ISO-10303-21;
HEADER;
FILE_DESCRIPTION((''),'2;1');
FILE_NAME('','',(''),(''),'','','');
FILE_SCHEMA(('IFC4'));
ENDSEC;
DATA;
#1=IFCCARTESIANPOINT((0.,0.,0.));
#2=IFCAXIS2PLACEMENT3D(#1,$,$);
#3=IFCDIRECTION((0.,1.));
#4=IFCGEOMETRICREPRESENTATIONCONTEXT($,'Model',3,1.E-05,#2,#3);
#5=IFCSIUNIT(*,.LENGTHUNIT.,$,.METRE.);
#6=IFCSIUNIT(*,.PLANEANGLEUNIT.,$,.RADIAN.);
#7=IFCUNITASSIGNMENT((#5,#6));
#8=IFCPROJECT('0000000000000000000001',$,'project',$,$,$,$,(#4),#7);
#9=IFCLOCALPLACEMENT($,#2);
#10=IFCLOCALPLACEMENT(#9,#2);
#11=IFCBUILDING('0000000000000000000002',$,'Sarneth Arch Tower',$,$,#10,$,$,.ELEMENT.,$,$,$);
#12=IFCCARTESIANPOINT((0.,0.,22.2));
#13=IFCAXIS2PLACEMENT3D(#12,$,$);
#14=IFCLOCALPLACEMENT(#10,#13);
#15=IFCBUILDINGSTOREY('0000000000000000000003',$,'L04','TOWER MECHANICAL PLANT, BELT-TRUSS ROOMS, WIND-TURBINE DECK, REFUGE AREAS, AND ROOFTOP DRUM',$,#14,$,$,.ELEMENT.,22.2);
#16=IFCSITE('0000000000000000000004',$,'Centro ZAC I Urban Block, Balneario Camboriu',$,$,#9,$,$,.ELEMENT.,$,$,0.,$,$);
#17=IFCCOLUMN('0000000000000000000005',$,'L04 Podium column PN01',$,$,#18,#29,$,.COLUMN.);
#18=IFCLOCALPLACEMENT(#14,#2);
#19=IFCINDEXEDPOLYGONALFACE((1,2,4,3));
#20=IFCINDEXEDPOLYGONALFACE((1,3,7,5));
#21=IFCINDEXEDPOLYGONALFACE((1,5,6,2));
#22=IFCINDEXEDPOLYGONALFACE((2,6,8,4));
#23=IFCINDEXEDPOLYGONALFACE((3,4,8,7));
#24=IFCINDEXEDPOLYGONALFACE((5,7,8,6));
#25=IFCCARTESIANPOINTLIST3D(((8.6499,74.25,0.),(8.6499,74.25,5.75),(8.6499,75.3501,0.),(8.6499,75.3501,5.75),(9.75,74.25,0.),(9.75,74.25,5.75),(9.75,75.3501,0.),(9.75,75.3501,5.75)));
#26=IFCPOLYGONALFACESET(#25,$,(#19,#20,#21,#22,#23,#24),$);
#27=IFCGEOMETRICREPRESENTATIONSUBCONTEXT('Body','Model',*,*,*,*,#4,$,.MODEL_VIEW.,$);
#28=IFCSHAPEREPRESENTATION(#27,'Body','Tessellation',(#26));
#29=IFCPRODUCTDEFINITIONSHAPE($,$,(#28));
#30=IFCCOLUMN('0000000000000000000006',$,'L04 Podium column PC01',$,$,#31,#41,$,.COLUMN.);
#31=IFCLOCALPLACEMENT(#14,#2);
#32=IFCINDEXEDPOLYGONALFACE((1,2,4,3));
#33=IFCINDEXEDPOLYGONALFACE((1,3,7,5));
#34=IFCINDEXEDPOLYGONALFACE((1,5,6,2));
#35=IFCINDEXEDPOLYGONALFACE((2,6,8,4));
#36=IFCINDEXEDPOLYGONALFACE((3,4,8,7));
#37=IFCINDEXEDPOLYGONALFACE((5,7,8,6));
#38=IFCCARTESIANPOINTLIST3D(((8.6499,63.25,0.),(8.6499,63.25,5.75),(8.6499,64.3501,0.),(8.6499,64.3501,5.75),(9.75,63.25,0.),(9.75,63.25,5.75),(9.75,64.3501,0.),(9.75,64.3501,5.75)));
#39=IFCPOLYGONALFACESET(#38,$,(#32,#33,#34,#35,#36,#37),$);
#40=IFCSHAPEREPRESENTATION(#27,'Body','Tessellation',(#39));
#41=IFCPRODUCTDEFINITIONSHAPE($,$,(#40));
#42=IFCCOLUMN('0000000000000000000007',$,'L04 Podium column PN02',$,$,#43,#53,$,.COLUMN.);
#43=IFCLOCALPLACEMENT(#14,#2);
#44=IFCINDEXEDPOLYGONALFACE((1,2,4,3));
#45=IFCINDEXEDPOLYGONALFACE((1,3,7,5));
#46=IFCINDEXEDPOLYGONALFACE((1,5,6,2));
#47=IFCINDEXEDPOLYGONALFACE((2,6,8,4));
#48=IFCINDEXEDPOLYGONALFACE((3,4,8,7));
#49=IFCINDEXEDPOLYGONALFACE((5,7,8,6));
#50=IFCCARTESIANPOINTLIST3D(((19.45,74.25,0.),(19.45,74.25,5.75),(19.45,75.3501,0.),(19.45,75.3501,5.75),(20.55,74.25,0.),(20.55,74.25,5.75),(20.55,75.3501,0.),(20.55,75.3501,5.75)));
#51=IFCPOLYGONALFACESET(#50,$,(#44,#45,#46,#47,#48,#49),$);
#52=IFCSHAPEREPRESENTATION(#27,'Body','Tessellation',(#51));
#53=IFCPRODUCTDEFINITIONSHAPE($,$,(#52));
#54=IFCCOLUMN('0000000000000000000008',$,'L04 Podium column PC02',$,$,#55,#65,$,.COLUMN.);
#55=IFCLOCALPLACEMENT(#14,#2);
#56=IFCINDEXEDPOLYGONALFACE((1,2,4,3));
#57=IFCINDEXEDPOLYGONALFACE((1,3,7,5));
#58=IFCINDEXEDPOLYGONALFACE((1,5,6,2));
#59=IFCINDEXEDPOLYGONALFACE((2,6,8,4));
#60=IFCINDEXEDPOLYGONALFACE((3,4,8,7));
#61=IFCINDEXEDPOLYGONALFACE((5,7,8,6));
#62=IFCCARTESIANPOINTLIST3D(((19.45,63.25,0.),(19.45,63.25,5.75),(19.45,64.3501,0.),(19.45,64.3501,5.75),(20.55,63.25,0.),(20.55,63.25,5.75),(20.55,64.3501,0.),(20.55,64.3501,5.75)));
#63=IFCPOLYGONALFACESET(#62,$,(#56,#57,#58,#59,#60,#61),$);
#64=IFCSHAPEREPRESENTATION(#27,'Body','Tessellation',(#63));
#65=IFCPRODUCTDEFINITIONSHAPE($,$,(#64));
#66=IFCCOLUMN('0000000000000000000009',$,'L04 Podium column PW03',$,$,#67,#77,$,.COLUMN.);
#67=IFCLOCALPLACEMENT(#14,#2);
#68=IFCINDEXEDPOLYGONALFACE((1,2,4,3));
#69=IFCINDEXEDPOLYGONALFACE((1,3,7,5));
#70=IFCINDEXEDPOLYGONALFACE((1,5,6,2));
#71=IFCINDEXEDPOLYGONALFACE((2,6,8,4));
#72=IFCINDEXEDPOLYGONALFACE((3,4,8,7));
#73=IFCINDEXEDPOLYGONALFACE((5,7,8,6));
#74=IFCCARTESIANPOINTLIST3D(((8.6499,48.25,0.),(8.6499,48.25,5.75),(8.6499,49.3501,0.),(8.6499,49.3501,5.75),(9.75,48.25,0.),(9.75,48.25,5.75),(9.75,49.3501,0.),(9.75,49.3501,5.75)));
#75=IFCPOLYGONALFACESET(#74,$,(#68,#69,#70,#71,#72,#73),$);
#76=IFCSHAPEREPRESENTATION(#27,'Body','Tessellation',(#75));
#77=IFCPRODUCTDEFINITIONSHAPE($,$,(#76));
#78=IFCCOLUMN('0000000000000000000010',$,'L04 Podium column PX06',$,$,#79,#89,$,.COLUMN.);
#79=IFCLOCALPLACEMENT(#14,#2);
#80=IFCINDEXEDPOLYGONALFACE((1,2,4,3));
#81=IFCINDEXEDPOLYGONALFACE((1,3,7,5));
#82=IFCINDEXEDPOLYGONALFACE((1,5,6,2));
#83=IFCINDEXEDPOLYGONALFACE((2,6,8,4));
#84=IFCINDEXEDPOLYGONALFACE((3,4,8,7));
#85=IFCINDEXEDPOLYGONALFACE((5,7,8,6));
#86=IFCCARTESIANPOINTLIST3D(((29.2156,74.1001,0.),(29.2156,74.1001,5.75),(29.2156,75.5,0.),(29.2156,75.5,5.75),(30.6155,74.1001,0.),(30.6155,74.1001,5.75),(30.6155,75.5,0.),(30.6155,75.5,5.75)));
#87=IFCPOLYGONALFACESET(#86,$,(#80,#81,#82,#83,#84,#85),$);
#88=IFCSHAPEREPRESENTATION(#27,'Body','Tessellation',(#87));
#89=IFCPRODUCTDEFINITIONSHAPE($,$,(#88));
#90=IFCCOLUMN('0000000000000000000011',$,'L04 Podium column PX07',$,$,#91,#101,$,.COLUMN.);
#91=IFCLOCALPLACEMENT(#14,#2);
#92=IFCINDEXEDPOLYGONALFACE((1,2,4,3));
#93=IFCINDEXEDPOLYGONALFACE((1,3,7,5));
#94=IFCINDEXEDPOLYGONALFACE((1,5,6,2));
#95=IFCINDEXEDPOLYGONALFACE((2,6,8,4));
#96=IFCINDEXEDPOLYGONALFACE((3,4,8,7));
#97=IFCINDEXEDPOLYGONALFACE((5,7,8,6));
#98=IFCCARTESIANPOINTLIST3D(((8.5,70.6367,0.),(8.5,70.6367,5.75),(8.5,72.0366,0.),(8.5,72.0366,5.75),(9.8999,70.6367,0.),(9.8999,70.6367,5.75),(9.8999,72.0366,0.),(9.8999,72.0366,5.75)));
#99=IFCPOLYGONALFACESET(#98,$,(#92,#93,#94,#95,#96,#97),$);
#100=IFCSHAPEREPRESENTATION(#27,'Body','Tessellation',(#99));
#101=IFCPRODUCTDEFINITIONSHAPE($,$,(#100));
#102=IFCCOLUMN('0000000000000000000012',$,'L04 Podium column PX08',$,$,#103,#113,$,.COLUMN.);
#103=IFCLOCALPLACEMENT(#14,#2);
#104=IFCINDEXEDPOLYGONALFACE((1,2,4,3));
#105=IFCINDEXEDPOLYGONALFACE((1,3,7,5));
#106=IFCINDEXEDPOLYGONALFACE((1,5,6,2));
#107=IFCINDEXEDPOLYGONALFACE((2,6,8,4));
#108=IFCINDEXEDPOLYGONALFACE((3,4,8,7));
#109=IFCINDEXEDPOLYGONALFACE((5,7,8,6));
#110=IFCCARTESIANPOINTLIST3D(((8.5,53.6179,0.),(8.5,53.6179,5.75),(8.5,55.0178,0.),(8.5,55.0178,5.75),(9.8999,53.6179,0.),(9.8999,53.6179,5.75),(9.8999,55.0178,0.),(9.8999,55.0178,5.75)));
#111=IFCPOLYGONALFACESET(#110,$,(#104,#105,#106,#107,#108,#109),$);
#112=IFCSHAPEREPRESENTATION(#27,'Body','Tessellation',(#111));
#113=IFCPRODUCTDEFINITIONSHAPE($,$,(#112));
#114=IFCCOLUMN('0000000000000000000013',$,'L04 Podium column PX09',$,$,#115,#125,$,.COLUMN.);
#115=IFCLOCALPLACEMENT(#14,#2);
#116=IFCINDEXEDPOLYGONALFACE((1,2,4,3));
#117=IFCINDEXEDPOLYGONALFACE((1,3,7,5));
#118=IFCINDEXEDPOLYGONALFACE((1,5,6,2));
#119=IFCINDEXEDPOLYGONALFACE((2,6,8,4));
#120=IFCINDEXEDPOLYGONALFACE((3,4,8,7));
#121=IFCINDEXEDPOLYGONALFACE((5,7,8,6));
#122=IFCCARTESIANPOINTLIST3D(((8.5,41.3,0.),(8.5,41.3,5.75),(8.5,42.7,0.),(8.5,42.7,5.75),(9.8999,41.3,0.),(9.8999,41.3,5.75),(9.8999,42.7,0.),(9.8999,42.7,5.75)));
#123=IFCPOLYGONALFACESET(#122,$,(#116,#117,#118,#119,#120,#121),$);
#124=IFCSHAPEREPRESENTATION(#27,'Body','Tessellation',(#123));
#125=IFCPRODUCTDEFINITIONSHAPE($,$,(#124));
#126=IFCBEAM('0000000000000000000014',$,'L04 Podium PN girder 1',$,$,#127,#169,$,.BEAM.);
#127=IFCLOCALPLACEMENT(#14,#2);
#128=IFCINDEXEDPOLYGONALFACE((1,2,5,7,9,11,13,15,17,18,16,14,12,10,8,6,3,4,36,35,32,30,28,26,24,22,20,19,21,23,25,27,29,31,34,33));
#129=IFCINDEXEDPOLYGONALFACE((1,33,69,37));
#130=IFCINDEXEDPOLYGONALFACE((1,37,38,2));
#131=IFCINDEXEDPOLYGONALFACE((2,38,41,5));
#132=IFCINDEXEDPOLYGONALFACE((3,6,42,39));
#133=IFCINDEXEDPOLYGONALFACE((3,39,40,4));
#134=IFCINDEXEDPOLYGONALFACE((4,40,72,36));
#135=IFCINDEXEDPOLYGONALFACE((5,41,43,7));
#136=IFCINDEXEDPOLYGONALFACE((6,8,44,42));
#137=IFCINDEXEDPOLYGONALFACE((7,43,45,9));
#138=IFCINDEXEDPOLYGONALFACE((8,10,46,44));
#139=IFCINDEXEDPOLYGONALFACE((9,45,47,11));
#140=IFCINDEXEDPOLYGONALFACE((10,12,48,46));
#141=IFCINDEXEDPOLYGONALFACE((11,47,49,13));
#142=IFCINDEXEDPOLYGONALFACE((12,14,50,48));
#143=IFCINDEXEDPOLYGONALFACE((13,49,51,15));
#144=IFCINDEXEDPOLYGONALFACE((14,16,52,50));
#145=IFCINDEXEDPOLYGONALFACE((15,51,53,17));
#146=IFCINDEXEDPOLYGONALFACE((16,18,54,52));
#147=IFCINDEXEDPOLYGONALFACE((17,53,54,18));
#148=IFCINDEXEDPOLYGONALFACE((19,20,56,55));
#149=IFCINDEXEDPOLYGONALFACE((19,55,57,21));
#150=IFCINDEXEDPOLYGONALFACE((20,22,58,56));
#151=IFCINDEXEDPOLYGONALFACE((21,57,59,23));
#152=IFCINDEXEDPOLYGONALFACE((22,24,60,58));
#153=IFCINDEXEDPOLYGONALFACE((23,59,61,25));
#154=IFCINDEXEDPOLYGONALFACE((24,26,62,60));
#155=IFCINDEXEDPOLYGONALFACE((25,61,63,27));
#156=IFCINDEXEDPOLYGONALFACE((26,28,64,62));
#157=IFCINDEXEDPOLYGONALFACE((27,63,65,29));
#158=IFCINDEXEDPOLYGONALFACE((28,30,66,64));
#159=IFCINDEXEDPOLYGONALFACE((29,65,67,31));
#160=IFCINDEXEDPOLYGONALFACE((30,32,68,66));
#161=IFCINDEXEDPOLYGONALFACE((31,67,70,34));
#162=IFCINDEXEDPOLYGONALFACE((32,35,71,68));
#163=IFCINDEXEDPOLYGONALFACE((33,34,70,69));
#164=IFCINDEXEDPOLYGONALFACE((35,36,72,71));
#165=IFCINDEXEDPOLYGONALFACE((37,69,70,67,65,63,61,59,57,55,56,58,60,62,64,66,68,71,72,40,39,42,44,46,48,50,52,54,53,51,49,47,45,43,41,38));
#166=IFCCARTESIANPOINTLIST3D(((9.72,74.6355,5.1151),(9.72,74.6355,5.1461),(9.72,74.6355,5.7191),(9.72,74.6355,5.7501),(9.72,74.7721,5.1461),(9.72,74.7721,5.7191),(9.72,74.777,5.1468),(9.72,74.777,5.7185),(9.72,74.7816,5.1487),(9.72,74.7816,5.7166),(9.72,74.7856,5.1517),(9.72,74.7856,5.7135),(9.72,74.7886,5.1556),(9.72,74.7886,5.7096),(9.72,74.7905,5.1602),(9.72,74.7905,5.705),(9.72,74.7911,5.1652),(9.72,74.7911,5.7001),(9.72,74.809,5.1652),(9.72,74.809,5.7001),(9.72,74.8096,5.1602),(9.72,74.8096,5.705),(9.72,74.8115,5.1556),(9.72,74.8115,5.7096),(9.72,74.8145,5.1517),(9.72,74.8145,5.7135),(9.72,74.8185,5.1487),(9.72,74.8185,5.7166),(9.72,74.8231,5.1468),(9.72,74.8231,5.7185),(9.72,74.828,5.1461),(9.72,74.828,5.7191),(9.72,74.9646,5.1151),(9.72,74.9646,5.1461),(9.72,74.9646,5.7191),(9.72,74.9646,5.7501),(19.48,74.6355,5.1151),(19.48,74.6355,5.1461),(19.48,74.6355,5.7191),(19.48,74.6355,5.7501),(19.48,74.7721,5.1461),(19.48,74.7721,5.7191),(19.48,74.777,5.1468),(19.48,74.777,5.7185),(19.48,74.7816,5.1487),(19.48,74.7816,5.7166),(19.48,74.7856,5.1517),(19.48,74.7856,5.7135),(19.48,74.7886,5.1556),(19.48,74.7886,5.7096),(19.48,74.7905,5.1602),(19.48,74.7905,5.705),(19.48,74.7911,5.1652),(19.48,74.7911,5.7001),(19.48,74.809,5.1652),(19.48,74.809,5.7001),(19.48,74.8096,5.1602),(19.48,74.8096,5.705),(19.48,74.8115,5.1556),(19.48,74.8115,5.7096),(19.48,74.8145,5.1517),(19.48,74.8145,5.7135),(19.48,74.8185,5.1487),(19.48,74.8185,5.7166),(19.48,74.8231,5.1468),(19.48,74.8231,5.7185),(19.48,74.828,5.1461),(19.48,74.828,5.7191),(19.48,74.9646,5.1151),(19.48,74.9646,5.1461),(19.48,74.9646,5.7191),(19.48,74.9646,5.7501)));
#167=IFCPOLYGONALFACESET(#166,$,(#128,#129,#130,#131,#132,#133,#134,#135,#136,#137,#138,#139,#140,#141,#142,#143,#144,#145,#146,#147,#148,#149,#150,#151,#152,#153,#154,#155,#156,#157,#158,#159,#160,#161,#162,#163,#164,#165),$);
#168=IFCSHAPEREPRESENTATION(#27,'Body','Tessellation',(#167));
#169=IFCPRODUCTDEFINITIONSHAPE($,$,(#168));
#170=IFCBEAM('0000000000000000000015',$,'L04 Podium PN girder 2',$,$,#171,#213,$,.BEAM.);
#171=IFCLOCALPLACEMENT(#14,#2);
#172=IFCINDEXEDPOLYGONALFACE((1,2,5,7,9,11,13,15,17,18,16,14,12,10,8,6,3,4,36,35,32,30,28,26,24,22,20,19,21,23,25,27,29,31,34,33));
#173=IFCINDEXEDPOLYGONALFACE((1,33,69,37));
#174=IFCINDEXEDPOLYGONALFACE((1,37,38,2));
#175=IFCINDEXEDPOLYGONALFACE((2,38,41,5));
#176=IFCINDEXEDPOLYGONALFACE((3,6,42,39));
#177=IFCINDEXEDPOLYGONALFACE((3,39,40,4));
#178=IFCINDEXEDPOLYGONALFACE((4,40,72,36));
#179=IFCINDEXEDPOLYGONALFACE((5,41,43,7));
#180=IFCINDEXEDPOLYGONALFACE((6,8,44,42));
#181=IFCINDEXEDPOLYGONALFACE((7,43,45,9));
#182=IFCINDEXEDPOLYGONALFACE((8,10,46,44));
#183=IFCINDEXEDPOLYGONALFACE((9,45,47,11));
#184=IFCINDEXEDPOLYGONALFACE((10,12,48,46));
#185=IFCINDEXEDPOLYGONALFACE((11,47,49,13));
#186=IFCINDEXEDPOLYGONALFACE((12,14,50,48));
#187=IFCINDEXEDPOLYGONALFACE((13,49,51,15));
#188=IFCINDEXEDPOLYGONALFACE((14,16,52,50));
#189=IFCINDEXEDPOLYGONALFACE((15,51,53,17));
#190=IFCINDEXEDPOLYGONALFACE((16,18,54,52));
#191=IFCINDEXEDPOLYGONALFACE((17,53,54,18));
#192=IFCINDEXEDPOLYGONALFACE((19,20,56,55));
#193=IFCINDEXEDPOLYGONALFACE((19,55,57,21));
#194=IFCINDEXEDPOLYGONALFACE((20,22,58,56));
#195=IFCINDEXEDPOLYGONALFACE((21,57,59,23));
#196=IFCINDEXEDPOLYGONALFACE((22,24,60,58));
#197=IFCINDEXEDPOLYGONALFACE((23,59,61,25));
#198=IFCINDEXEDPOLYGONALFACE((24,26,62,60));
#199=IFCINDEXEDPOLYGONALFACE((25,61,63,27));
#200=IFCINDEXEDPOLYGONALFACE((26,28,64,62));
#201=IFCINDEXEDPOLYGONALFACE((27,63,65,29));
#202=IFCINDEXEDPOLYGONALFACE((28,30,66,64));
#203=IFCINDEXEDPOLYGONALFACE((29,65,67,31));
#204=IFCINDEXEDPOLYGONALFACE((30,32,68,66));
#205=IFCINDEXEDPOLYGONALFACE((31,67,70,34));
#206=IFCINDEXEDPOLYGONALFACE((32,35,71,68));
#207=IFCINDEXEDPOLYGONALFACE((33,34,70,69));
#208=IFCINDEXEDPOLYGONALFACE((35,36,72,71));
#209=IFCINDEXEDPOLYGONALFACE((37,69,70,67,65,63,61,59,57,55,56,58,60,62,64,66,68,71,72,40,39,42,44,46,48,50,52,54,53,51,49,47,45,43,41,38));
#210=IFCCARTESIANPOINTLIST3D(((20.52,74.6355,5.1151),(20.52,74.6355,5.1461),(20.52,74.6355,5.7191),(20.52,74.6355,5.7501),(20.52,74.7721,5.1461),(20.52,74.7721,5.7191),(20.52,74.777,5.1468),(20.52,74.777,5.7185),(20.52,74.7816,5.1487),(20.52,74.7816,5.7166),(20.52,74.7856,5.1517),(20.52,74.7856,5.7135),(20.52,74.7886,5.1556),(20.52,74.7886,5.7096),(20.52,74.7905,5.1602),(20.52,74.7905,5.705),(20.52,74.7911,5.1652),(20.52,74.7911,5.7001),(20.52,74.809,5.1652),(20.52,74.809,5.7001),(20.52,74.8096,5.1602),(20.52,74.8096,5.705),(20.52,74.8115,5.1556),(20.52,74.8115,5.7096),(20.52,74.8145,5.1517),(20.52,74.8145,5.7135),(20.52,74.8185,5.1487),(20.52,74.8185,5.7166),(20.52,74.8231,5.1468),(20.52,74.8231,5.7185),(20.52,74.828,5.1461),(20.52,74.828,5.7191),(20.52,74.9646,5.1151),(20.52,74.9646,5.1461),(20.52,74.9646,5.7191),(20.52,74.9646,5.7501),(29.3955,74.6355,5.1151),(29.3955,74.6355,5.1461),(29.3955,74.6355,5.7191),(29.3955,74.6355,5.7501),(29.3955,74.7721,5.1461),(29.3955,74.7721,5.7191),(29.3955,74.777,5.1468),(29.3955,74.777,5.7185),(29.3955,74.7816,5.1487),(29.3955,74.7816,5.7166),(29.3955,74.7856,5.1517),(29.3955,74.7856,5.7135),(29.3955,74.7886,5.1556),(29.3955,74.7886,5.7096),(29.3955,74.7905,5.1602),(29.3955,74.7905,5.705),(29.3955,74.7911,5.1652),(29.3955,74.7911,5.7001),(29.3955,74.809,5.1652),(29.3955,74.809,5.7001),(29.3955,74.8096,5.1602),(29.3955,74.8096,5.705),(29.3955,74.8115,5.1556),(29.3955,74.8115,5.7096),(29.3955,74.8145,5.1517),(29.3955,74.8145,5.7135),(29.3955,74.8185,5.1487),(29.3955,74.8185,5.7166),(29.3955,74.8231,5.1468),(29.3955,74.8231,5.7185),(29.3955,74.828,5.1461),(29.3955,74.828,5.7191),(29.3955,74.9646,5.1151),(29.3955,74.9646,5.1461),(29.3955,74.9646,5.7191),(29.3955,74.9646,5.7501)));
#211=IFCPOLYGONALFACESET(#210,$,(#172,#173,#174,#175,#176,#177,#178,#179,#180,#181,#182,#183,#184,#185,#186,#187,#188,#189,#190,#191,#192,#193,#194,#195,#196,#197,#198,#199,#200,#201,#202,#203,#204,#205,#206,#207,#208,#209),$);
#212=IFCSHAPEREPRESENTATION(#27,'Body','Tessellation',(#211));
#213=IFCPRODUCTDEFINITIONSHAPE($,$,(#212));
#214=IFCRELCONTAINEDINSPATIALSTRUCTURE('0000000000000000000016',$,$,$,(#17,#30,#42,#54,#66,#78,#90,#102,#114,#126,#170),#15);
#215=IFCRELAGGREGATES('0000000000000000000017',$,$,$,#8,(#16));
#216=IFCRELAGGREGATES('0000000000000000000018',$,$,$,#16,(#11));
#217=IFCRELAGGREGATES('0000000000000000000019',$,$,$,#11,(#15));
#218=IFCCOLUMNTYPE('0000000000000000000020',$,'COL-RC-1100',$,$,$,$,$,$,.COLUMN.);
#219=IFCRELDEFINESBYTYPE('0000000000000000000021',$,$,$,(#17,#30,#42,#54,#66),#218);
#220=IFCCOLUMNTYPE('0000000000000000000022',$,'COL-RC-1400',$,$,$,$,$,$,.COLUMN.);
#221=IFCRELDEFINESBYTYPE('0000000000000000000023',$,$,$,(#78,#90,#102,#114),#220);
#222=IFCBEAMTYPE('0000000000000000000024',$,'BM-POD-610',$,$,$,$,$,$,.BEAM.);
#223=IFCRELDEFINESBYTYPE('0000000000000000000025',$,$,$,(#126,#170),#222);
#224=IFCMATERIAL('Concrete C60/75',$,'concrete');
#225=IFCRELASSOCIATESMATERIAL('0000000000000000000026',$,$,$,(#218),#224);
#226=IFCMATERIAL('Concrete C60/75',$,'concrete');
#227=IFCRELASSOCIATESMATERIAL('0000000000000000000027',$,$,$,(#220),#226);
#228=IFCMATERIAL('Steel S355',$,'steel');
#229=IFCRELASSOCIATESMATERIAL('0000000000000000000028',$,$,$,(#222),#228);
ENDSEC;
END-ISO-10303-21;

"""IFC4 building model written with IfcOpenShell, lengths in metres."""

from ifc_helpers import new_model, si_unit, direction, frame, origin, origin_2d, place, context, subcontext, project, spatial, rectangle, i_section, extrude, material, material_profile, profile_set, type_object, element, save


model = new_model("IFC4")

# Units and contexts
model_context = context("Model", 3, precision=1e-05, world=origin(), true_north=direction((0.0, 1.0)))
body_context = subcontext(model_context, "Body", "Model", "MODEL_VIEW")
ifc_project = project(units=[si_unit("LENGTHUNIT", "METRE"), si_unit("PLANEANGLEUNIT", "RADIAN")], contexts=[model_context])

# Site, building, storey
site_placement = place(None, origin())
site = spatial("IfcSite", under=ifc_project, at=site_placement, Name="Centro ZAC I Urban Block, Balneario Camboriu", CompositionType="ELEMENT", RefElevation=0.0)
building_placement = place(site_placement, origin())
building = spatial("IfcBuilding", under=site, at=building_placement, Name="Sarneth Arch Tower", CompositionType="ELEMENT")
storey_placement = place(building_placement, frame((0.0, 0.0, 22.2)))
storey = spatial("IfcBuildingStorey", under=building, at=storey_placement, Name="L04", Description="TOWER MECHANICAL PLANT, BELT-TRUSS ROOMS, WIND-TURBINE DECK, REFUGE AREAS, AND ROOFTOP DRUM", CompositionType="ELEMENT", Elevation=22.2)

# Columns
ifc_material_1 = material(Name="Concrete C60/75", Category="concrete")
ifc_material_profile_1 = material_profile(ifc_material_1, rectangle(XDim=1.1001, YDim=1.1001, at=origin_2d()), Name="RC-1100x1100")
ifc_profile_set_1 = profile_set([ifc_material_profile_1], Name="Concrete C60/75")
column_type_1 = type_object("IfcColumnType", Name="COL-RC-1100", PredefinedType="COLUMN", material=ifc_profile_set_1)
for number, where, z_axis, x_axis, name in (
    (1, (9.2, 74.8, 0.0), (0.0, 0.0, 1.0), (1.0, 0.0, 0.0), "L04 Podium column PN01"),
    (2, (9.2, 63.8, 0.0), (0.0, 0.0, 1.0), (1.0, 0.0, 0.0), "L04 Podium column PC01"),
    (3, (20.0, 74.8, 0.0), (0.0, 0.0, 1.0), (1.0, 0.0, 0.0), "L04 Podium column PN02"),
    (4, (20.0, 63.8, 0.0), (0.0, 0.0, 1.0), (1.0, 0.0, 0.0), "L04 Podium column PC02"),
    (5, (9.2, 48.8, 0.0), (0.0, 0.0, 1.0), (1.0, 0.0, 0.0), "L04 Podium column PW03"),
):
    element("IfcColumn", number, at=place(storey_placement, frame(where, z_axis=z_axis, x_axis=x_axis)), inside=storey, type_object=column_type_1, Name=name, PredefinedType="COLUMN", context=body_context, shape_type="SweptSolid", body=[
        extrude(rectangle(XDim=1.1001, YDim=1.1001, at=origin_2d()), origin(), (0.0, 0.0, 1.0), 5.75),
    ])
ifc_material_2 = material(Name="Concrete C60/75", Category="concrete")
ifc_material_profile_2 = material_profile(ifc_material_2, rectangle(XDim=1.3999, YDim=1.3999, at=origin_2d()), Name="RC-1400x1400")
ifc_profile_set_2 = profile_set([ifc_material_profile_2], Name="Concrete C60/75")
column_type_2 = type_object("IfcColumnType", Name="COL-RC-1400", PredefinedType="COLUMN", material=ifc_profile_set_2)
for number, where, z_axis, x_axis, name in (
    (6, (29.9155, 74.8, 0.0), (0.0, 0.0, 1.0), (1.0, 0.0, 0.0), "L04 Podium column PX06"),
    (7, (9.2, 71.3367, 0.0), (0.0, 0.0, 1.0), (1.0, 0.0, 0.0), "L04 Podium column PX07"),
    (8, (9.2, 54.3179, 0.0), (0.0, 0.0, 1.0), (1.0, 0.0, 0.0), "L04 Podium column PX08"),
    (9, (9.2, 42.0, 0.0), (0.0, 0.0, 1.0), (1.0, 0.0, 0.0), "L04 Podium column PX09"),
):
    element("IfcColumn", number, at=place(storey_placement, frame(where, z_axis=z_axis, x_axis=x_axis)), inside=storey, type_object=column_type_2, Name=name, PredefinedType="COLUMN", context=body_context, shape_type="SweptSolid", body=[
        extrude(rectangle(XDim=1.3999, YDim=1.3999, at=origin_2d()), origin(), (0.0, 0.0, 1.0), 5.75),
    ])

# Beams
ifc_material_3 = material(Name="Steel S355", Category="steel")
ifc_material_profile_3 = material_profile(ifc_material_3, i_section(OverallWidth=0.3291, OverallDepth=0.635, WebThickness=0.0178, FlangeThickness=0.031, FilletRadius=0.019, at=origin_2d()), Name="W610x241")
ifc_profile_set_3 = profile_set([ifc_material_profile_3], Name="Steel S355")
beam_type_1 = type_object("IfcBeamType", Name="BM-POD-610", PredefinedType="BEAM", material=ifc_profile_set_3)
beam_1_placement = place(storey_placement, frame((9.72, 74.8, 5.4326), z_axis=(1.0, 0.0, 0.0), x_axis=(0.0, 1.0, 0.0)))
element("IfcBeam", 10, at=beam_1_placement, inside=storey, type_object=beam_type_1, Name="L04 Podium PN girder 1", PredefinedType="BEAM", context=body_context, shape_type="SweptSolid", body=[
    extrude(i_section(OverallWidth=0.3291, OverallDepth=0.635, WebThickness=0.0178, FlangeThickness=0.031, FilletRadius=0.019, at=origin_2d()), origin(), (0.0, 0.0, 1.0), 9.76),
])
beam_2_placement = place(storey_placement, frame((20.52, 74.8, 5.4326), z_axis=(1.0, 0.0, 0.0), x_axis=(0.0, 1.0, 0.0)))
element("IfcBeam", 11, at=beam_2_placement, inside=storey, type_object=beam_type_1, Name="L04 Podium PN girder 2", PredefinedType="BEAM", context=body_context, shape_type="SweptSolid", body=[
    extrude(i_section(OverallWidth=0.3291, OverallDepth=0.635, WebThickness=0.0178, FlangeThickness=0.031, FilletRadius=0.019, at=origin_2d()), origin(), (0.0, 0.0, 1.0), 8.8755),
])

save(model, "model.ifc")
